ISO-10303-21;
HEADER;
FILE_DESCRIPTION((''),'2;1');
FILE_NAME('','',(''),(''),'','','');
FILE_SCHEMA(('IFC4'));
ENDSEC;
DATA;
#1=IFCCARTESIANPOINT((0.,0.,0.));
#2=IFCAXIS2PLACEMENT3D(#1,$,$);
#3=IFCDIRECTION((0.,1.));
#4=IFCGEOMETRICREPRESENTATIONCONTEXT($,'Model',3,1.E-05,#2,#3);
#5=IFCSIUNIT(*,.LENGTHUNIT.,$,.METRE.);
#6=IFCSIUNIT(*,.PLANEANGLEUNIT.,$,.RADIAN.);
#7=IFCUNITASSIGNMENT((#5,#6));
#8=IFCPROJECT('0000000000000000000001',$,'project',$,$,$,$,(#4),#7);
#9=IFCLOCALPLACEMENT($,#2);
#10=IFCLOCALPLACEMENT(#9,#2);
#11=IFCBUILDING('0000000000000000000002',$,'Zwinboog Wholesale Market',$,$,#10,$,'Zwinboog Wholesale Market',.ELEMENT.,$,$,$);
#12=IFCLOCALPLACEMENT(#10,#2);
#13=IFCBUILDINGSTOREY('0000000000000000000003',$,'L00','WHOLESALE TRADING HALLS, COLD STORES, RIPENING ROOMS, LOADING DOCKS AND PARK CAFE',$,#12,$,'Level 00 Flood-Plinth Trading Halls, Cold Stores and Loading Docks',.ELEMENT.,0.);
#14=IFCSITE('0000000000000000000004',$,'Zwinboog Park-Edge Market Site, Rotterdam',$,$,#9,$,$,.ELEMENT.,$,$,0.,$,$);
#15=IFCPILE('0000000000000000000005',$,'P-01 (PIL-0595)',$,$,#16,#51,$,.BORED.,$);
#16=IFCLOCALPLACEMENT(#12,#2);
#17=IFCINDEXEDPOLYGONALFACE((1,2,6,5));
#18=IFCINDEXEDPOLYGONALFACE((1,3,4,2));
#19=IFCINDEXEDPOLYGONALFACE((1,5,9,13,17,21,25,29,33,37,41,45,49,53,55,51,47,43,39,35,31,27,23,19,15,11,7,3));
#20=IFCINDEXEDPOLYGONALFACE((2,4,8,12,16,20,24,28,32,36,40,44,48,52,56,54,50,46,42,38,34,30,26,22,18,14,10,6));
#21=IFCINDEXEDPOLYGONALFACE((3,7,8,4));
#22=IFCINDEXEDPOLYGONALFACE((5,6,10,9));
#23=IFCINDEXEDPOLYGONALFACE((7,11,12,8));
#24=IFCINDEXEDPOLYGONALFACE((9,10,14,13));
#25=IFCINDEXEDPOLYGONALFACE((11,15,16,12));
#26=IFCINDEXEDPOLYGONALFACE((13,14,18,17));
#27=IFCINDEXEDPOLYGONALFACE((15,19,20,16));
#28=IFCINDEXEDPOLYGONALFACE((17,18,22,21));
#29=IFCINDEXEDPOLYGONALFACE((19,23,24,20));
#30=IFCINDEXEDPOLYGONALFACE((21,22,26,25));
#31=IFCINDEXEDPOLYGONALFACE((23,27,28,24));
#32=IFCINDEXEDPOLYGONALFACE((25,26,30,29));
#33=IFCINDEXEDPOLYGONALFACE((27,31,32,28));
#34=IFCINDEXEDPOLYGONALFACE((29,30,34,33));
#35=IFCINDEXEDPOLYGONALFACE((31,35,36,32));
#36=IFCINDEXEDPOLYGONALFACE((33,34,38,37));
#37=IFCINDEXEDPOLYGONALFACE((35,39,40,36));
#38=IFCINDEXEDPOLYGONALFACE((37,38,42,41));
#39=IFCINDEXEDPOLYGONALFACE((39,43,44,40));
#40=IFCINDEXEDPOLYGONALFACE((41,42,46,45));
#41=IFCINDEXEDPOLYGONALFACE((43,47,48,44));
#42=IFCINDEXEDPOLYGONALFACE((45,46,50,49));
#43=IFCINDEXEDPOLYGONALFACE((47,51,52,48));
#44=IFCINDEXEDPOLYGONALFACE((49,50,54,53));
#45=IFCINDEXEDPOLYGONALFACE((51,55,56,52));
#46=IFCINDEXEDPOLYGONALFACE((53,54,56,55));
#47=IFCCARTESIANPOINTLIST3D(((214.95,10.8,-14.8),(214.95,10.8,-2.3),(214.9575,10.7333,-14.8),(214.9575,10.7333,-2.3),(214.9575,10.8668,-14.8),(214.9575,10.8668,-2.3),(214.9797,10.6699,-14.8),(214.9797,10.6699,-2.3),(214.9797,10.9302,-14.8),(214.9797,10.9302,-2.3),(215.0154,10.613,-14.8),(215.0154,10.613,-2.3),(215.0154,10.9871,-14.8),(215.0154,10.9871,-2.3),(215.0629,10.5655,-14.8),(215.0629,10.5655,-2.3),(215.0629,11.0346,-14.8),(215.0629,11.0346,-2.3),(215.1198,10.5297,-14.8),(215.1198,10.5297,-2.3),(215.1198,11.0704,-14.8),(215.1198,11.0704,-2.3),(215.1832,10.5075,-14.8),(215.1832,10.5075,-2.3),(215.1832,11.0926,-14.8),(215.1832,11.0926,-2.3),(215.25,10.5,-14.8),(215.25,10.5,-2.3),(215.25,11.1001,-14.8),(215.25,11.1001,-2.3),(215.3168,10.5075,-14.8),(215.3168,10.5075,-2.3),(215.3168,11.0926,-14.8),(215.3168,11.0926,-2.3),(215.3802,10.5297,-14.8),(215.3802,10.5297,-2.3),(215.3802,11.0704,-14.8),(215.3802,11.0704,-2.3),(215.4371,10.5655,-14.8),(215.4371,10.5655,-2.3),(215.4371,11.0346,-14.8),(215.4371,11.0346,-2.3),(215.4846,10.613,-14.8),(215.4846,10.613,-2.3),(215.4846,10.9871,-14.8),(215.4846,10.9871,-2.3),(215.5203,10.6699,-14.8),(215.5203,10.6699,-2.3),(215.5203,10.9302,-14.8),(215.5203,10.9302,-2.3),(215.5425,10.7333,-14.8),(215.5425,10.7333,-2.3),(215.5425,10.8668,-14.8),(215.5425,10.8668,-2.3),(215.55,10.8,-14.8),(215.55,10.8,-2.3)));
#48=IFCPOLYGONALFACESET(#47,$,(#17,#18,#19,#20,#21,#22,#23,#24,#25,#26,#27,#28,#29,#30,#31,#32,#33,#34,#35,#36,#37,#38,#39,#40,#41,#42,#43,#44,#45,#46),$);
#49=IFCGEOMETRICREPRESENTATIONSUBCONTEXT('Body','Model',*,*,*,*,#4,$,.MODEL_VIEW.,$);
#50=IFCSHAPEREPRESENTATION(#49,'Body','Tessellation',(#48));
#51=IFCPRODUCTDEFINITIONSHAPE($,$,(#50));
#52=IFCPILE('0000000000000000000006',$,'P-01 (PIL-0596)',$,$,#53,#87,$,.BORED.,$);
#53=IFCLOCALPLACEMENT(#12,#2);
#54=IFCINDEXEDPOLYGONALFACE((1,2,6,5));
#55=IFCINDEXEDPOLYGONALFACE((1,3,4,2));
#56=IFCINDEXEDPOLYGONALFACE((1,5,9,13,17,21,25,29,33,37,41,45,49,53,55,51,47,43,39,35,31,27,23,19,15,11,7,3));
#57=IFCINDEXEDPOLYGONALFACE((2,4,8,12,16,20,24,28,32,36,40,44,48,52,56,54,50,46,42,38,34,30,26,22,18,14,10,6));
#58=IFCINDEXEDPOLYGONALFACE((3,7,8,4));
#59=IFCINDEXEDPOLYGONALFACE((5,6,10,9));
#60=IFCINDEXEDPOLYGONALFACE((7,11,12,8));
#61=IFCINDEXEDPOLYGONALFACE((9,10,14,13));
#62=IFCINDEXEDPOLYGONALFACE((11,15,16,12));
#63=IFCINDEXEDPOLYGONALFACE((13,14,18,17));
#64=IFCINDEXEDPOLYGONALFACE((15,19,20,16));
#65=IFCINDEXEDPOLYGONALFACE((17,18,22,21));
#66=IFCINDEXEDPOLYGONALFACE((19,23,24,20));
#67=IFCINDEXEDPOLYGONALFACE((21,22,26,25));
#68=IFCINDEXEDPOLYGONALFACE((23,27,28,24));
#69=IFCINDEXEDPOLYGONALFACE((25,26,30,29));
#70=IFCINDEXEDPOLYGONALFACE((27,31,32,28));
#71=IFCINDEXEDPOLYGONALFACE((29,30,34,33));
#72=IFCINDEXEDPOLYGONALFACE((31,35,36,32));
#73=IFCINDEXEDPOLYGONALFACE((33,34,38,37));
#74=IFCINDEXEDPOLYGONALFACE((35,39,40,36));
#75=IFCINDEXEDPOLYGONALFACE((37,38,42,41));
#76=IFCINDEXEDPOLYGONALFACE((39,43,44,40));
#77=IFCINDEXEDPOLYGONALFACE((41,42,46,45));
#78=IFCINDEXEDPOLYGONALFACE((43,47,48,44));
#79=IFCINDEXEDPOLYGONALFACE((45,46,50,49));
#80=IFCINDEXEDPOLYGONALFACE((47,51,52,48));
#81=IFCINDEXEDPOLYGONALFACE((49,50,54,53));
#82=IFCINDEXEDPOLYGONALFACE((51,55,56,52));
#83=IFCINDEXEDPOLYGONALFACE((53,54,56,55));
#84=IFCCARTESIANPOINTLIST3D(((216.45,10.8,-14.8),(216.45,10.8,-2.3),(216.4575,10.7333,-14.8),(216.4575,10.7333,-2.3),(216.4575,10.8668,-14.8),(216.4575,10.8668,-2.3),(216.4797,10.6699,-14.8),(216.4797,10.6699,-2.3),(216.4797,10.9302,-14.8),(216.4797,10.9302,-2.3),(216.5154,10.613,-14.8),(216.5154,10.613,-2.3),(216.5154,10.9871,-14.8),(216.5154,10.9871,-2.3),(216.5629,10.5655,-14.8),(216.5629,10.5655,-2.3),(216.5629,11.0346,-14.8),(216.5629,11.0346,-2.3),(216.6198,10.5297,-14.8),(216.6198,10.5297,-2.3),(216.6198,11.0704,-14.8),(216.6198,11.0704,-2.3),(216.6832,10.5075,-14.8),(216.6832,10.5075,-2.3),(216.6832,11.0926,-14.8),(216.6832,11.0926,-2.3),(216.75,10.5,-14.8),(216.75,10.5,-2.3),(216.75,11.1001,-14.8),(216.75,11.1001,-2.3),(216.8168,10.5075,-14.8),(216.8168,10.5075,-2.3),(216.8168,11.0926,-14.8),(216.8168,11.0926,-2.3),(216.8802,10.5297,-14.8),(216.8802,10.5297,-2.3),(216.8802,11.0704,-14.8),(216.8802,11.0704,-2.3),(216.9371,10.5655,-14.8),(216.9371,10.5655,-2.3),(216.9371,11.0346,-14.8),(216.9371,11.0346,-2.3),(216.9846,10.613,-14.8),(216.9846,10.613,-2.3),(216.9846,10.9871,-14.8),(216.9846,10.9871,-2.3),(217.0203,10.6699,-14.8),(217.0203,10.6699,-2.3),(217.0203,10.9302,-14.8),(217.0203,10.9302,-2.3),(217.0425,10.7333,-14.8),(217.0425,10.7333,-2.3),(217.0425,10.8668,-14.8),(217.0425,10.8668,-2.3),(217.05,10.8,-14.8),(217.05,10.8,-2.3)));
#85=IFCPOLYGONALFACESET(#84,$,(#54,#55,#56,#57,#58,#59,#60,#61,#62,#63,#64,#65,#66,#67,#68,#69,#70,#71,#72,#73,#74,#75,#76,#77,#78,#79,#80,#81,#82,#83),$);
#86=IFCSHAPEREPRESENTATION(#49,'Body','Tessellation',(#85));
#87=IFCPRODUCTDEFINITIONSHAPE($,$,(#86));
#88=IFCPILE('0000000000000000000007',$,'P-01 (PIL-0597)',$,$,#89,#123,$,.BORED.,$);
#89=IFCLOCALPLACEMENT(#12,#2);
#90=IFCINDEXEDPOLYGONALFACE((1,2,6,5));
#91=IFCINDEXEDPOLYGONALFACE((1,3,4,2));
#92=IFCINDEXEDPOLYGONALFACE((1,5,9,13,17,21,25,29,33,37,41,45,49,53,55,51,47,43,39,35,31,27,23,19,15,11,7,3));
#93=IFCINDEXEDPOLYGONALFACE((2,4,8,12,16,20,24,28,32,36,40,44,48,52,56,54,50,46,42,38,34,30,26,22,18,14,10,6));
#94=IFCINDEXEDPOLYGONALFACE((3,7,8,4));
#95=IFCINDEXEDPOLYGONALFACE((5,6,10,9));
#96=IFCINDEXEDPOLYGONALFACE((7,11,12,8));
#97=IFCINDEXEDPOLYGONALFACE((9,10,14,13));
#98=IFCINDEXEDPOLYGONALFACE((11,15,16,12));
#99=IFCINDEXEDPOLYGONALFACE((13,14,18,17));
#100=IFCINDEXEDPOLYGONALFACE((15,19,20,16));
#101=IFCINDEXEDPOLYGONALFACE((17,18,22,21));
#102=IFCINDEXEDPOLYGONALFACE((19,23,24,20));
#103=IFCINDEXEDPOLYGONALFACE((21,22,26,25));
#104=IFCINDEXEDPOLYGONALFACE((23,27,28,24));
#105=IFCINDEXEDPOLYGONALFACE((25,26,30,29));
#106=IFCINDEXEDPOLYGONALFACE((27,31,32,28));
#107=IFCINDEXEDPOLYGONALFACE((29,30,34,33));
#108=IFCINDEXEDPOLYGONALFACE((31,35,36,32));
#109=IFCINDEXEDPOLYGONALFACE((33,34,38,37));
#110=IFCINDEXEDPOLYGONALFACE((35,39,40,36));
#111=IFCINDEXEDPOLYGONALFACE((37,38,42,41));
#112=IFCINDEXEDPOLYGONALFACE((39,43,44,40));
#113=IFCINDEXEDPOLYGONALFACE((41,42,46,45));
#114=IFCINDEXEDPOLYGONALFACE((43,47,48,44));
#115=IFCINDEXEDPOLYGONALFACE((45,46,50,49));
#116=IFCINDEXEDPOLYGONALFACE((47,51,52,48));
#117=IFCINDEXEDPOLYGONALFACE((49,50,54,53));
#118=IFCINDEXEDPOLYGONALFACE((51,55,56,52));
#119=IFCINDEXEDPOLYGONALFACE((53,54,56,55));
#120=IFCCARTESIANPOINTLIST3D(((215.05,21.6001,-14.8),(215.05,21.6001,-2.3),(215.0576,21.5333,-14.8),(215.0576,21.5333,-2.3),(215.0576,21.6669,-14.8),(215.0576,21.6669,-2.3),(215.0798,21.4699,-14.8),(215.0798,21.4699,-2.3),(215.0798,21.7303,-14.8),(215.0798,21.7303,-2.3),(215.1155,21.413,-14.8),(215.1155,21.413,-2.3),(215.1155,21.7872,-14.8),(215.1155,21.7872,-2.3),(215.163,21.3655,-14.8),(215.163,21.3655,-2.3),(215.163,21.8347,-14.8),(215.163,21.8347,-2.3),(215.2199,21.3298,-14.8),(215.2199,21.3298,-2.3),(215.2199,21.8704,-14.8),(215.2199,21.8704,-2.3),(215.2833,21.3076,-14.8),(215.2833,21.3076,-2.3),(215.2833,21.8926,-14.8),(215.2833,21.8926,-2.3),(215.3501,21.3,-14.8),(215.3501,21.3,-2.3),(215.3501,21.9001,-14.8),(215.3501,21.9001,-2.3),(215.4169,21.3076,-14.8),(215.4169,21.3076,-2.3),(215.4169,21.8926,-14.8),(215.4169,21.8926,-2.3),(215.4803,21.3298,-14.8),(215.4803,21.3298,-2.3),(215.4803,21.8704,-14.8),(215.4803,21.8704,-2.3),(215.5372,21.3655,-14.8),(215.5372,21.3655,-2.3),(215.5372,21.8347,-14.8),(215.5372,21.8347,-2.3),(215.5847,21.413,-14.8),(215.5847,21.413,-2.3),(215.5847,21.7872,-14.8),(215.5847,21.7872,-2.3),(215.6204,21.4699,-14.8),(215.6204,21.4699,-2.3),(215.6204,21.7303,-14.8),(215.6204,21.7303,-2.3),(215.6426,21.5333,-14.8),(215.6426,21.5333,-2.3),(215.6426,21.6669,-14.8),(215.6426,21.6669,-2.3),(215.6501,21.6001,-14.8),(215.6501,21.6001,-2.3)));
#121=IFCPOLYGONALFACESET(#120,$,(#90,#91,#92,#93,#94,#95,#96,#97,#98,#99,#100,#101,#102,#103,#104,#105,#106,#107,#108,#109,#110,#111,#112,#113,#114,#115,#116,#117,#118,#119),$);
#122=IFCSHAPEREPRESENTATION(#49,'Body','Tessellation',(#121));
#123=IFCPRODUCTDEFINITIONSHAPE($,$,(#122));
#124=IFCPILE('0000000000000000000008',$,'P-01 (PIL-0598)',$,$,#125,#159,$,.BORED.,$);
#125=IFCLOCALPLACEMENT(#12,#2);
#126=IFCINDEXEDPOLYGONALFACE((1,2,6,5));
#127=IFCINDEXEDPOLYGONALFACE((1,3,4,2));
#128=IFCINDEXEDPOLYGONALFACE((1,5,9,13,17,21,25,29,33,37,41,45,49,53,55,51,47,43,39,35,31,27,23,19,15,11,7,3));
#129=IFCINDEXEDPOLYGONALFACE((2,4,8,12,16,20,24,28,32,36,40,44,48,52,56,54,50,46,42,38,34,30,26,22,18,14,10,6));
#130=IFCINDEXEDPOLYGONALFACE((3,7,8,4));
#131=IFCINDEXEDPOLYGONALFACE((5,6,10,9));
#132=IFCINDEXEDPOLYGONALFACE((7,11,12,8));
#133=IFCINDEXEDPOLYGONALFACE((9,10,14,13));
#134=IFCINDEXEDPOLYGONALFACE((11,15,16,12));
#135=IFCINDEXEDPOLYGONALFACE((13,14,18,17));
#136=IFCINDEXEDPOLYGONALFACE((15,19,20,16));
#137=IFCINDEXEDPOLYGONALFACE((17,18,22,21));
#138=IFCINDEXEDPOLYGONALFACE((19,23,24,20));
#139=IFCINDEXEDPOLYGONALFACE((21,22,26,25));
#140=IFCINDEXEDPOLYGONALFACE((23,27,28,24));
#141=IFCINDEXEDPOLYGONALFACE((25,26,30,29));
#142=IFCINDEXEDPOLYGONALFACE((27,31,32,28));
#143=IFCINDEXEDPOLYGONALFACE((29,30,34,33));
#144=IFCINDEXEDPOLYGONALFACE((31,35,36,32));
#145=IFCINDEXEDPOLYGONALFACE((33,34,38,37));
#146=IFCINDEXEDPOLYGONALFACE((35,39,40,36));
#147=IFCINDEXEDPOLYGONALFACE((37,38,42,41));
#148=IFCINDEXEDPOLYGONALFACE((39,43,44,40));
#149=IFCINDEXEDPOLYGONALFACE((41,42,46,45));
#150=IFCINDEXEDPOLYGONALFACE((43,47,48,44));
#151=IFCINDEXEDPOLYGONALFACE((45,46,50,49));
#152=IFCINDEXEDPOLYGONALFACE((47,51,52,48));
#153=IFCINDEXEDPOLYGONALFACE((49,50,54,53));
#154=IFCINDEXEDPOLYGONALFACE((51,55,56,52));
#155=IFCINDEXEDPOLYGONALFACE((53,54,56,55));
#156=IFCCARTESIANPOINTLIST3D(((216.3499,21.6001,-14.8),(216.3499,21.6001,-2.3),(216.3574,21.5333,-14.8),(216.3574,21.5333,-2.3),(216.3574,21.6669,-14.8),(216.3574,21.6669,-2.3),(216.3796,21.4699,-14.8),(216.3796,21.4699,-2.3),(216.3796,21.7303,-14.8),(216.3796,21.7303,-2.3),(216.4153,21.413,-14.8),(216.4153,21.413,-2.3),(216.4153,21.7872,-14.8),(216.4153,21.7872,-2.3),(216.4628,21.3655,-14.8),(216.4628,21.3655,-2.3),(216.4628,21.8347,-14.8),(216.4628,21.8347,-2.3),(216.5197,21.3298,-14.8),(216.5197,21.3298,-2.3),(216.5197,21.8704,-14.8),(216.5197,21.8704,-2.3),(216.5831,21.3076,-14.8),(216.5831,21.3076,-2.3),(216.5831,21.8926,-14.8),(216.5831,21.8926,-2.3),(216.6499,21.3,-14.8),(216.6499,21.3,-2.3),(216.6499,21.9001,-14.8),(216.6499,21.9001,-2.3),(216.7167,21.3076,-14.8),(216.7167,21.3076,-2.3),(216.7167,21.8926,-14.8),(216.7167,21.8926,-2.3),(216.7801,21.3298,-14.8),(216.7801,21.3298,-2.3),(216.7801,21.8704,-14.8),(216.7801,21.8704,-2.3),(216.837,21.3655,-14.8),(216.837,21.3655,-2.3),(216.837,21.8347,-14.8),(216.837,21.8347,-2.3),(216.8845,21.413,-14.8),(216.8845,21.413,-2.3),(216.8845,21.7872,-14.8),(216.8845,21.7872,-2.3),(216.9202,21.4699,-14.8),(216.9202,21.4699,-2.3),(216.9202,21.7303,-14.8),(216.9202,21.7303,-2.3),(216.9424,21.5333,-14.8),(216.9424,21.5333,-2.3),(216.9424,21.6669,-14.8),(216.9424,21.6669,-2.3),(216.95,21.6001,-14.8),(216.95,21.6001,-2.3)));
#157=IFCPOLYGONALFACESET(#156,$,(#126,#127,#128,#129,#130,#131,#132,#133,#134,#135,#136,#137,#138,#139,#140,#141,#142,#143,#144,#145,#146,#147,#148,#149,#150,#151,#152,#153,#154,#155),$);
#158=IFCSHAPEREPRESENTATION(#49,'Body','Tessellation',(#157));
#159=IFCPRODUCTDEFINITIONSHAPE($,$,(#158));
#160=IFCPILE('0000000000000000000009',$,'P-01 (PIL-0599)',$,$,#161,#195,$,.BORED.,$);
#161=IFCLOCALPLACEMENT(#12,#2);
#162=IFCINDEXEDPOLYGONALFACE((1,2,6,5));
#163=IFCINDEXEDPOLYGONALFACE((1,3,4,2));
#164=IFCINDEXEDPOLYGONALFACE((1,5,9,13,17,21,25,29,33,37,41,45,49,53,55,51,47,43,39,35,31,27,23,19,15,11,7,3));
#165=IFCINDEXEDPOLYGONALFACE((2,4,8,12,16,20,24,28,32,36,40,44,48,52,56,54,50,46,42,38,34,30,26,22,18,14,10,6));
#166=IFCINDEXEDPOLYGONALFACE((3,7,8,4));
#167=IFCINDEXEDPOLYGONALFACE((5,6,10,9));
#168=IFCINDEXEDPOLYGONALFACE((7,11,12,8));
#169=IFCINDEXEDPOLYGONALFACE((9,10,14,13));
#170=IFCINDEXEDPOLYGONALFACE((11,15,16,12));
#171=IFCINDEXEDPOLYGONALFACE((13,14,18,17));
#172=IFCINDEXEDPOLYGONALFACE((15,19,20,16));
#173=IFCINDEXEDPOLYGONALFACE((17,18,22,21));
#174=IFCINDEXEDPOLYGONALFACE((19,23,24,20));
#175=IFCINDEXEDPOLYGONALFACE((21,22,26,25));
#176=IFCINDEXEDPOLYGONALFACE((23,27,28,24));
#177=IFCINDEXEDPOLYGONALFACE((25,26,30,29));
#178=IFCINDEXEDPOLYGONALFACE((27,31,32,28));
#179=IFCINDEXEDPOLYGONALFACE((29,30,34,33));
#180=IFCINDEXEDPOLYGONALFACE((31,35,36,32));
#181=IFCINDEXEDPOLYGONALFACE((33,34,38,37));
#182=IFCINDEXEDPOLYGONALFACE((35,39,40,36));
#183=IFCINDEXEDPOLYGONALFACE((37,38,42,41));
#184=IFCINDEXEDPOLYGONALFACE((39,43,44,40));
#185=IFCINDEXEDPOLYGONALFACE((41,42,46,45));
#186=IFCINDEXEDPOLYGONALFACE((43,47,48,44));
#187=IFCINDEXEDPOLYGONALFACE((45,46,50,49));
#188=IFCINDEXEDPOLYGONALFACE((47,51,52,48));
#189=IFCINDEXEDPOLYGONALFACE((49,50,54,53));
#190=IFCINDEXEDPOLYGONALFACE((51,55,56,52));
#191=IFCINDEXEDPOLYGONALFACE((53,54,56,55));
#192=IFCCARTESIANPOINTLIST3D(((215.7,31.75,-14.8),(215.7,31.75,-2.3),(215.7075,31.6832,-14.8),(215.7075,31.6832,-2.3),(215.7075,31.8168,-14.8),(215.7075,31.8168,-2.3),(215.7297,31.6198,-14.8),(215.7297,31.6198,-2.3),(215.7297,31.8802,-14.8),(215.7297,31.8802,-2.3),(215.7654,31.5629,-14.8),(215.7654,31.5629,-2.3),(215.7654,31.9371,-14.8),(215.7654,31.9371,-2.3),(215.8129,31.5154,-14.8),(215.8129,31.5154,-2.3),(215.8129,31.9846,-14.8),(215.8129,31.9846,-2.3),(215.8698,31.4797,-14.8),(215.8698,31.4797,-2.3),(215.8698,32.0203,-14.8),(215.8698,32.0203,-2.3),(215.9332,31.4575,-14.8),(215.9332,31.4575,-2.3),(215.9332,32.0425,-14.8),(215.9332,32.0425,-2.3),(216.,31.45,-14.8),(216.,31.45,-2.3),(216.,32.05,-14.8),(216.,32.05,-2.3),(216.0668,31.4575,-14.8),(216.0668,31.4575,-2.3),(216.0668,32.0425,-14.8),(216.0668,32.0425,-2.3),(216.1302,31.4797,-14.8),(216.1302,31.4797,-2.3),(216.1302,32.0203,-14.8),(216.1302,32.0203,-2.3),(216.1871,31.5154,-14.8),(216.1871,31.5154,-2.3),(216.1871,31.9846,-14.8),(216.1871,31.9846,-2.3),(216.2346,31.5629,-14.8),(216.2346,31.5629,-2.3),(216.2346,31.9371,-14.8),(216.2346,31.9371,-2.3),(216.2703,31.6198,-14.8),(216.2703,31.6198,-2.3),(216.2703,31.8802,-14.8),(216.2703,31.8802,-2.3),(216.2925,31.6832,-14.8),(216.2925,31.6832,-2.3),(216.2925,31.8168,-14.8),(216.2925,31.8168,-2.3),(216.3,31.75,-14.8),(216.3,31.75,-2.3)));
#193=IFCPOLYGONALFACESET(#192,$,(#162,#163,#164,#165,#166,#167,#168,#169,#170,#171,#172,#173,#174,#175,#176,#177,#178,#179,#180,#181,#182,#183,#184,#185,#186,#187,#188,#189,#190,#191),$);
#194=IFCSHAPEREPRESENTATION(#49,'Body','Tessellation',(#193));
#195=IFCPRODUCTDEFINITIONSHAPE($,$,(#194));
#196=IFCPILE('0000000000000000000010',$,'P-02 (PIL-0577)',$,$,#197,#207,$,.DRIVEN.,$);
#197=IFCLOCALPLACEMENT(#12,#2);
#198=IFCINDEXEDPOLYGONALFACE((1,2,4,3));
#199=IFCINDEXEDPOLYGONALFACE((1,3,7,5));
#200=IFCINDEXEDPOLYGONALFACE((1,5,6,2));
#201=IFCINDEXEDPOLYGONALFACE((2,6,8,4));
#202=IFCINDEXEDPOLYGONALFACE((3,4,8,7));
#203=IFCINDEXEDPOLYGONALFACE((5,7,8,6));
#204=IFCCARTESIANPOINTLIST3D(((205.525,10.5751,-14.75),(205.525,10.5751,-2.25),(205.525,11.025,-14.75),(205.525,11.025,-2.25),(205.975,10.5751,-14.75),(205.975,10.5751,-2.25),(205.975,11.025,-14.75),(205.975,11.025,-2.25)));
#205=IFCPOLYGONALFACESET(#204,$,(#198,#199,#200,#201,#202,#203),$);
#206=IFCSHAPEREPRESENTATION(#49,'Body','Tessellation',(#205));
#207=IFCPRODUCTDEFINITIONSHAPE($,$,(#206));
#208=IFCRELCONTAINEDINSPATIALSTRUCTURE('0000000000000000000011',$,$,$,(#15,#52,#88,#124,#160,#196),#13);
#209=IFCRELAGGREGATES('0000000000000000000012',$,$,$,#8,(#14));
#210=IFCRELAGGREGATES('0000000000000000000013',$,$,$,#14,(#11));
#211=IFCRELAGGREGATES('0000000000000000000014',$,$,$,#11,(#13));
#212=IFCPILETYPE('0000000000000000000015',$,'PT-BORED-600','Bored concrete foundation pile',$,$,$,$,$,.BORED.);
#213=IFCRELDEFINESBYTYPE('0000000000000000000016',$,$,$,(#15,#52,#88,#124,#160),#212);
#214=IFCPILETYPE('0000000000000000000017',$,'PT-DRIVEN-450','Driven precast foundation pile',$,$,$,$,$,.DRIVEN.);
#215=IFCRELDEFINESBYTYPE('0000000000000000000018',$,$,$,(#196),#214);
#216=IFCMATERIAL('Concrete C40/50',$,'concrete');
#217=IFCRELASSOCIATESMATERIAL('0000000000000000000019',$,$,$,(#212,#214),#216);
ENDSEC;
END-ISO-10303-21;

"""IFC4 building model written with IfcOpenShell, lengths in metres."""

from ifc_helpers import new_model, si_unit, direction, frame, origin, origin_2d, place, context, subcontext, project, spatial, rectangle, circle, extrude, material, material_profile, profile_set, type_object, element, save


model = new_model("IFC4")

# Units and contexts
model_context = context("Model", 3, precision=1e-05, world=origin(), true_north=direction((0.0, 1.0)))
body_context = subcontext(model_context, "Body", "Model", "MODEL_VIEW")
ifc_project = project(units=[si_unit("LENGTHUNIT", "METRE"), si_unit("PLANEANGLEUNIT", "RADIAN")], contexts=[model_context])

# Site, building, storey
site_placement = place(None, origin())
site = spatial("IfcSite", under=ifc_project, at=site_placement, Name="Zwinboog Park-Edge Market Site, Rotterdam", CompositionType="ELEMENT", RefElevation=0.0)
building_placement = place(site_placement, origin())
building = spatial("IfcBuilding", under=site, at=building_placement, Name="Zwinboog Wholesale Market", LongName="Zwinboog Wholesale Market", CompositionType="ELEMENT")
storey_placement = place(building_placement, origin())
storey = spatial("IfcBuildingStorey", under=building, at=storey_placement, Name="L00", Description="WHOLESALE TRADING HALLS, COLD STORES, RIPENING ROOMS, LOADING DOCKS AND PARK CAFE", LongName="Level 00 Flood-Plinth Trading Halls, Cold Stores and Loading Docks", CompositionType="ELEMENT", Elevation=0.0)

# Piles
ifc_material_1 = material(Name="Concrete C40/50", Category="concrete")
ifc_material_profile_1 = material_profile(ifc_material_1, circle(Radius=0.3, at=origin_2d()), Name="PILE D600")
ifc_profile_set_1 = profile_set([ifc_material_profile_1], Name="Concrete C40/50")
pile_type_1 = type_object("IfcPileType", Name="PT-BORED-600", Description="Bored concrete foundation pile", PredefinedType="BORED", material=ifc_profile_set_1)
for number, where, z_axis, x_axis, name in (
    (1, (215.25, 10.8, -2.3), (0.0, 0.0, -1.0), (1.0, 0.0, 0.0), "P-01 (PIL-0595)"),
    (2, (216.75, 10.8, -2.3), (0.0, 0.0, -1.0), (1.0, 0.0, 0.0), "P-01 (PIL-0596)"),
    (3, (215.3501, 21.6001, -2.3), (0.0, 0.0, -1.0), (1.0, 0.0, 0.0), "P-01 (PIL-0597)"),
    (4, (216.6499, 21.6001, -2.3), (0.0, 0.0, -1.0), (1.0, 0.0, 0.0), "P-01 (PIL-0598)"),
    (5, (216.0, 31.75, -2.3), (0.0, 0.0, -1.0), (1.0, 0.0, 0.0), "P-01 (PIL-0599)"),
):
    element("IfcPile", number, at=place(storey_placement, frame(where, z_axis=z_axis, x_axis=x_axis)), inside=storey, type_object=pile_type_1, Name=name, PredefinedType="BORED", context=body_context, shape_type="SweptSolid", body=[
        extrude(circle(Radius=0.3, at=origin_2d()), origin(), (0.0, 0.0, 1.0), 12.5),
    ])
ifc_material_profile_2 = material_profile(ifc_material_1, rectangle(XDim=0.45, YDim=0.45, at=origin_2d()), Name="PILE SQ450")
ifc_profile_set_2 = profile_set([ifc_material_profile_2], Name="Concrete C40/50")
pile_type_2 = type_object("IfcPileType", Name="PT-DRIVEN-450", Description="Driven precast foundation pile", PredefinedType="DRIVEN", material=ifc_profile_set_2)
for number, where, z_axis, x_axis, name in (
    (6, (205.75, 10.8, -2.25), (0.0, 0.0, -1.0), (1.0, 0.0, 0.0), "P-02 (PIL-0577)"),
):
    element("IfcPile", number, at=place(storey_placement, frame(where, z_axis=z_axis, x_axis=x_axis)), inside=storey, type_object=pile_type_2, Name=name, PredefinedType="DRIVEN", context=body_context, shape_type="SweptSolid", body=[
        extrude(rectangle(XDim=0.45, YDim=0.45, at=origin_2d()), origin(), (0.0, 0.0, 1.0), 12.5),
    ])

save(model, "model.ifc")
